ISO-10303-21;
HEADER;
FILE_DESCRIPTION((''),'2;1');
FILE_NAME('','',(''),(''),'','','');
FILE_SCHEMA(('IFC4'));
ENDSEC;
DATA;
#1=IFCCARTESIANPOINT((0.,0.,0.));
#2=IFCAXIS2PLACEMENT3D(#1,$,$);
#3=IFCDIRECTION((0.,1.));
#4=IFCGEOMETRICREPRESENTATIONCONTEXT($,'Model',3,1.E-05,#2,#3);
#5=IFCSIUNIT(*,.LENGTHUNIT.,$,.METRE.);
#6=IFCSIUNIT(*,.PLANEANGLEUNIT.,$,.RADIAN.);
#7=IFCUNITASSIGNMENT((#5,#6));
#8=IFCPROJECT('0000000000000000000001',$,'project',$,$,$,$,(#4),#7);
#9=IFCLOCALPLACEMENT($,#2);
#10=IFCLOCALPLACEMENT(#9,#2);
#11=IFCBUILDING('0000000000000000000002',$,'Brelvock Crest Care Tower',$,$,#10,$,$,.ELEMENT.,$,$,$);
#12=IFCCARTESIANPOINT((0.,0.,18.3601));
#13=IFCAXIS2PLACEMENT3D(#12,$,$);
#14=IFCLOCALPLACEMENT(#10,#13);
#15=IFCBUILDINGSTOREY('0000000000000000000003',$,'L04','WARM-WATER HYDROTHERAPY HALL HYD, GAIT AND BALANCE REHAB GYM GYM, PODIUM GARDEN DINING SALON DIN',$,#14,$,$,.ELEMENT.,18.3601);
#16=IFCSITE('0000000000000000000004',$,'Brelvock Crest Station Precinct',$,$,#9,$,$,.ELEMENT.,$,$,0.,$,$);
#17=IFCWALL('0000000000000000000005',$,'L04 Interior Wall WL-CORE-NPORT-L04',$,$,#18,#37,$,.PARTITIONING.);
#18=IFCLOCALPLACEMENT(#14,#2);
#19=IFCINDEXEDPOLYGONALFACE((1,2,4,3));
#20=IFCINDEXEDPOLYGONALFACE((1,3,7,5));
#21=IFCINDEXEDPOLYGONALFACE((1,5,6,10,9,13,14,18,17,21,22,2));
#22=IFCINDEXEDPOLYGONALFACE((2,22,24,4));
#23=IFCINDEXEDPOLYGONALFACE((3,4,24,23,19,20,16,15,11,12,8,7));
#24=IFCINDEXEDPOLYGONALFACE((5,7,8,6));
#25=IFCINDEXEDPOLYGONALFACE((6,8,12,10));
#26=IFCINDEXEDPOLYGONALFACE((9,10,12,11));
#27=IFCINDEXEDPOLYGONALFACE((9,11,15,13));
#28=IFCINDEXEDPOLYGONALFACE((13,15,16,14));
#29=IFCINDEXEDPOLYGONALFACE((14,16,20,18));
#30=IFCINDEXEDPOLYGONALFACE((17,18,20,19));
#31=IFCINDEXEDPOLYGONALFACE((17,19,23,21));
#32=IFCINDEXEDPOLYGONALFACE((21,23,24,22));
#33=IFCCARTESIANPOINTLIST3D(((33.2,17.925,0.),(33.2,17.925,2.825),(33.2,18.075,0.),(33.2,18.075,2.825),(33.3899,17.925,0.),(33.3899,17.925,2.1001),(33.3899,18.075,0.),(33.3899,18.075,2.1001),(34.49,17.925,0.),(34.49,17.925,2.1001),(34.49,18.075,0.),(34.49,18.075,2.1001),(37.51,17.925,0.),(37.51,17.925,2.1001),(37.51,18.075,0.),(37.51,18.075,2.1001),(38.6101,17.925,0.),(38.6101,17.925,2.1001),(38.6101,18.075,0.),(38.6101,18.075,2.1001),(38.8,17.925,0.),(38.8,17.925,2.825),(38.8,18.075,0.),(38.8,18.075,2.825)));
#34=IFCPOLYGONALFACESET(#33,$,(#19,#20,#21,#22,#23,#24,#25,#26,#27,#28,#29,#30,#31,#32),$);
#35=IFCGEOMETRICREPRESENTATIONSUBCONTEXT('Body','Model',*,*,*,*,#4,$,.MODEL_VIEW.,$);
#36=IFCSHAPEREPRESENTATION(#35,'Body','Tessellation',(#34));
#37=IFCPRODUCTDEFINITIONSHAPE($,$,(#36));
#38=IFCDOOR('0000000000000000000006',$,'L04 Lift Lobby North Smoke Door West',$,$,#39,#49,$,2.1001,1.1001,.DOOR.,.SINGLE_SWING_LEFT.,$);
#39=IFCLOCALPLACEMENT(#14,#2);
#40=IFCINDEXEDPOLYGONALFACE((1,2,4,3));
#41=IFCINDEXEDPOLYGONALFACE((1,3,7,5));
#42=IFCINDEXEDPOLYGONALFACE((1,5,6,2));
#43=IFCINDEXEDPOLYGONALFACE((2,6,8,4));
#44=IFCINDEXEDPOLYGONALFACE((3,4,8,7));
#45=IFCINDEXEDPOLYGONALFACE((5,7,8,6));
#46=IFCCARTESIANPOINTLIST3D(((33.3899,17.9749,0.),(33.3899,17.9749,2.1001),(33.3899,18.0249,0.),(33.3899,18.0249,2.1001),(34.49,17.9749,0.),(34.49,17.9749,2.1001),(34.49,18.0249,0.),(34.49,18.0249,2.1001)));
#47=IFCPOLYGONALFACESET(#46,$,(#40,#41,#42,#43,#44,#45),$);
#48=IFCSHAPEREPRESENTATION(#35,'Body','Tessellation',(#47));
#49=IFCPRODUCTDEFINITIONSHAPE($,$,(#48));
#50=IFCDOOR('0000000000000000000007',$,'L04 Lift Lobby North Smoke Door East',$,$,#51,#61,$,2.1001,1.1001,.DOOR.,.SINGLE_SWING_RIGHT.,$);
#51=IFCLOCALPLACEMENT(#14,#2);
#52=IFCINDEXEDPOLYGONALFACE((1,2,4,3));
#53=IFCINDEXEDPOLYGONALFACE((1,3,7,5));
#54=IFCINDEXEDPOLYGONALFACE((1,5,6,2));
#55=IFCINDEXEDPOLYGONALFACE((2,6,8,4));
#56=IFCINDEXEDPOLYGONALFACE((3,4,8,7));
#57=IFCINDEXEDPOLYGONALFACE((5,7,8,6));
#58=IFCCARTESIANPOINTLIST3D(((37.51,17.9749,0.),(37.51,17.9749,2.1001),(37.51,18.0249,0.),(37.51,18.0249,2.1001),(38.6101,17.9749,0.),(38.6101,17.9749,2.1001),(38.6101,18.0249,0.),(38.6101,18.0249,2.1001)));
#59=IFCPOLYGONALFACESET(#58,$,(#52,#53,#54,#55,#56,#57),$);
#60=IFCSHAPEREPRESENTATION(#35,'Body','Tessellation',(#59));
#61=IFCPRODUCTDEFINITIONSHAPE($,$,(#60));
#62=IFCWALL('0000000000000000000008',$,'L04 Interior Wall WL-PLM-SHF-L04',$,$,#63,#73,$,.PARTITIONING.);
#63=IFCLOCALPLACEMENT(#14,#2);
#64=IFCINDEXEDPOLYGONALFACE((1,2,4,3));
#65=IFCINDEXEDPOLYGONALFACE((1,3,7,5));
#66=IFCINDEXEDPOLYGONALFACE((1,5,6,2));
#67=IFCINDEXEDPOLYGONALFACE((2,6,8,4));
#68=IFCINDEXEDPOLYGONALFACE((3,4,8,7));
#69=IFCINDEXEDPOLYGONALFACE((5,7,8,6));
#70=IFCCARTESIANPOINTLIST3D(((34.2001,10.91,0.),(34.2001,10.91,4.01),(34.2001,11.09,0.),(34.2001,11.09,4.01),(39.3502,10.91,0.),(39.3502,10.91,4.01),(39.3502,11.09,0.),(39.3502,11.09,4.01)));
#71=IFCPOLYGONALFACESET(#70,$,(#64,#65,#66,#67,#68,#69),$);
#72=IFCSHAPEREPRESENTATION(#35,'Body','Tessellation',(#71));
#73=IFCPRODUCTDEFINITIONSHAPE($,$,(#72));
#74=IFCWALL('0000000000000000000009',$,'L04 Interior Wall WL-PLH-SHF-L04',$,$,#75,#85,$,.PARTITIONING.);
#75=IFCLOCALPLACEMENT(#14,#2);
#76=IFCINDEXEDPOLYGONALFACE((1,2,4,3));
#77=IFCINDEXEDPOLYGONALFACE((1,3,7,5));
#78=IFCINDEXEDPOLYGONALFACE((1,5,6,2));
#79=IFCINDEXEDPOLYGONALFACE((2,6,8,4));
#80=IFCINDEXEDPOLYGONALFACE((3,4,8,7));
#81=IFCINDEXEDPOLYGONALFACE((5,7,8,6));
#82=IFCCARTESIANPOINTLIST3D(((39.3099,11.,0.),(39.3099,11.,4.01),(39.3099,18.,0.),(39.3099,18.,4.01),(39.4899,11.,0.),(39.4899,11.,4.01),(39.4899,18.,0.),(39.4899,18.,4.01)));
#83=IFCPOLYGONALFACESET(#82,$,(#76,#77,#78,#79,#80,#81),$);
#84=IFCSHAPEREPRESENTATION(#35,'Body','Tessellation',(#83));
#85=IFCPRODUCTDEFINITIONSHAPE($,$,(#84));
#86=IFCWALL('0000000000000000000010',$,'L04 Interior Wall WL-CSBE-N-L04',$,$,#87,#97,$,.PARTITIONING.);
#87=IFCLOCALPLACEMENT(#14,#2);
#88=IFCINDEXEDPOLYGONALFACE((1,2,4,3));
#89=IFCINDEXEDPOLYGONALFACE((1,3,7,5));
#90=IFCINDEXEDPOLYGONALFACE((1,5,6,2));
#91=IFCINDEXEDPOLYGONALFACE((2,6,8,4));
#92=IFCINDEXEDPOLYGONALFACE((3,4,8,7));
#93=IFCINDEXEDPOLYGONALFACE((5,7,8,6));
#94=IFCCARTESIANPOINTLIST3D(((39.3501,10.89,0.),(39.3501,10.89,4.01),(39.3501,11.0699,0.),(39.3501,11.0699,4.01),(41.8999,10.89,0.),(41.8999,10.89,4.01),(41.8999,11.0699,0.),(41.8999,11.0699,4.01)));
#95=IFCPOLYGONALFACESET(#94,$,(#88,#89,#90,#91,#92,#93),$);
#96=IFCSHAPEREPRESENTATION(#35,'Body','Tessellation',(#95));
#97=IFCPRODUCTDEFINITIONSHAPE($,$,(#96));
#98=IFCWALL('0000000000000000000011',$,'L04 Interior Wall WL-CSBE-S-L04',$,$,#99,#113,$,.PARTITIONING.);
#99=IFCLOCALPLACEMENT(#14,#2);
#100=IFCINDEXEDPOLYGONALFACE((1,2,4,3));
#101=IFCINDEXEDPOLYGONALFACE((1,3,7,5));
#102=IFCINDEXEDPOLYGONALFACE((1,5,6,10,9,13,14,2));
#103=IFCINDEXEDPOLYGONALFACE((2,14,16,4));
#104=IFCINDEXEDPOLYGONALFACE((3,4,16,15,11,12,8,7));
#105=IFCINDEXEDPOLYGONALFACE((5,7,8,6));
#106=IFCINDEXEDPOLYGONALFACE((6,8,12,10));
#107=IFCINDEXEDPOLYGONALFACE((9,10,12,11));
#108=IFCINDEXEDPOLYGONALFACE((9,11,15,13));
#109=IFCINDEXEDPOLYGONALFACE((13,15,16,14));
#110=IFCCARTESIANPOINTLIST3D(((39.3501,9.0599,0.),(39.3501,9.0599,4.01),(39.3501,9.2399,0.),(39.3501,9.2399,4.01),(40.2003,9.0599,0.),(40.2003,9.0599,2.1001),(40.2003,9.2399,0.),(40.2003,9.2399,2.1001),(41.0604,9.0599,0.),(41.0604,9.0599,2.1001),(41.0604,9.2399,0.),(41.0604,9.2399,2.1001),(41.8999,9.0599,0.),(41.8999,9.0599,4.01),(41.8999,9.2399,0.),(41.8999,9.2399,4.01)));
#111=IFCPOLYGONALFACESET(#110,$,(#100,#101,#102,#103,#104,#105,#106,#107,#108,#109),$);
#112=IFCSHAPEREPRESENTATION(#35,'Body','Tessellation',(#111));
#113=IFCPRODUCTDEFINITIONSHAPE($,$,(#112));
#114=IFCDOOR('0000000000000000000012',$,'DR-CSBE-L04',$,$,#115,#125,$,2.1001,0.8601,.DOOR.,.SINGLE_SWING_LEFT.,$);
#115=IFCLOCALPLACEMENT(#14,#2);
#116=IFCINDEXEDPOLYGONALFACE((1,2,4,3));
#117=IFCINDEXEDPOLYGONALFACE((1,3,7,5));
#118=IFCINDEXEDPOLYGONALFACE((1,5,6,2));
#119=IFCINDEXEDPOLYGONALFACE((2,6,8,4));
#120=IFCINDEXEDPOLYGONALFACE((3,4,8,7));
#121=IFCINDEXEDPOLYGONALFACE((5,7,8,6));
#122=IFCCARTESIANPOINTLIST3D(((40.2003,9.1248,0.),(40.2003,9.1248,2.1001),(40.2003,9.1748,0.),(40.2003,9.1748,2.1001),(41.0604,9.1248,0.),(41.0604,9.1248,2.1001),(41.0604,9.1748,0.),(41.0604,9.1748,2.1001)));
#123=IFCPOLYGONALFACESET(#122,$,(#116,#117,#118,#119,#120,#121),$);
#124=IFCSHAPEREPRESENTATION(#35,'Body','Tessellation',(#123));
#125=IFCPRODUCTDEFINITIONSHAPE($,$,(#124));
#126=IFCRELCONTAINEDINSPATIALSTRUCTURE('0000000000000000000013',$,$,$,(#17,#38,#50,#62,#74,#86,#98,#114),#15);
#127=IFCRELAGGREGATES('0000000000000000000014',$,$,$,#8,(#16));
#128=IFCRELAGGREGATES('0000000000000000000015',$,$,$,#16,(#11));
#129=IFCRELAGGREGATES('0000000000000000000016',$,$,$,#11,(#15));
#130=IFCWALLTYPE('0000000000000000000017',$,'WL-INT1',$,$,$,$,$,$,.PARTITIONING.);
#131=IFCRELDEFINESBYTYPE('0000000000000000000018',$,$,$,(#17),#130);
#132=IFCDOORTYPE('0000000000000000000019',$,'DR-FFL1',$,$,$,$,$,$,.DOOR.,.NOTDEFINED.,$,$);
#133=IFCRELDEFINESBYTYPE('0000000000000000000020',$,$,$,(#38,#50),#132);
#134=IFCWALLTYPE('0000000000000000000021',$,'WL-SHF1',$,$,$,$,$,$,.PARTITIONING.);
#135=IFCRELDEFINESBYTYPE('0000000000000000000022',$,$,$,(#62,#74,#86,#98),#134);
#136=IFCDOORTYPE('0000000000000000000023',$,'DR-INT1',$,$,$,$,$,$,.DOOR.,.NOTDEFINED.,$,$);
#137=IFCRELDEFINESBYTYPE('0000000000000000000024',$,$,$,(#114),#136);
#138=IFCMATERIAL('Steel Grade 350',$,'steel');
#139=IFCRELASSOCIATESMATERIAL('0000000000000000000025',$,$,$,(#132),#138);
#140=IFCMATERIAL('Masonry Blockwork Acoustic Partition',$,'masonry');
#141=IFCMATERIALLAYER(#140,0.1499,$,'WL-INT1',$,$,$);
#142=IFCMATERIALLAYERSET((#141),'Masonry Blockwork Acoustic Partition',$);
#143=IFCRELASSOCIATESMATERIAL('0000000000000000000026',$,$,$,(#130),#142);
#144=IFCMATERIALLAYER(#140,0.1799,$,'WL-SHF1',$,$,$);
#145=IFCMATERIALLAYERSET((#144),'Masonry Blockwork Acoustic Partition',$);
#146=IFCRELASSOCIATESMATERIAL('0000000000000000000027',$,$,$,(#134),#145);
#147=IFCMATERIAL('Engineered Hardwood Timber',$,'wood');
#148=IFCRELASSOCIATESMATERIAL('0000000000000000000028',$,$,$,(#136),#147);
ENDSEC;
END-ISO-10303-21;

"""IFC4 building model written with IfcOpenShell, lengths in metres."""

from ifc_helpers import new_model, si_unit, direction, frame, frame_2d, origin, origin_2d, place, context, subcontext, project, spatial, rectangle, extrude, source, transform, mapped, material, layer, layer_set, type_object, element, fill, save


model = new_model("IFC4")

# Units and contexts
model_context = context("Model", 3, precision=1e-05, world=origin(), true_north=direction((0.0, 1.0)))
body_context = subcontext(model_context, "Body", "Model", "MODEL_VIEW")
ifc_project = project(units=[si_unit("LENGTHUNIT", "METRE"), si_unit("PLANEANGLEUNIT", "RADIAN")], contexts=[model_context])

# Site, building, storey
site_placement = place(None, origin())
site = spatial("IfcSite", under=ifc_project, at=site_placement, Name="Brelvock Crest Station Precinct", CompositionType="ELEMENT", RefElevation=0.0)
building_placement = place(site_placement, origin())
building = spatial("IfcBuilding", under=site, at=building_placement, Name="Brelvock Crest Care Tower", CompositionType="ELEMENT")
storey_placement = place(building_placement, frame((0.0, 0.0, 18.3601)))
storey = spatial("IfcBuildingStorey", under=building, at=storey_placement, Name="L04", Description="WARM-WATER HYDROTHERAPY HALL HYD, GAIT AND BALANCE REHAB GYM GYM, PODIUM GARDEN DINING SALON DIN", CompositionType="ELEMENT", Elevation=18.3601)

# Shared definitions
ifc_material_1 = material(Name="Steel Grade 350", Category="steel")

# Shared definitions
door_type_1 = type_object("IfcDoorType", Name="DR-FFL1", OperationType="NOTDEFINED", PredefinedType="DOOR", material=ifc_material_1)
shared_shape_1 = source(origin(), body_context, "Body", "SweptSolid", [
    extrude(rectangle(XDim=1.1001, YDim=2.1001, at=origin_2d()), frame((0.55, 0.0249, 1.05), z_axis=(0.0, -1.0, 0.0), x_axis=(1.0, 0.0, 0.0)), (0.0, 0.0, 1.0), 0.05),
])

# Wall, openings, doors
ifc_material_2 = material(Name="Masonry Blockwork Acoustic Partition", Category="masonry")
ifc_layer_1 = layer(ifc_material_2, 0.1499, Name="WL-INT1")
ifc_layer_set_1 = layer_set([ifc_layer_1], Name="Masonry Blockwork Acoustic Partition")
wall_type_1 = type_object("IfcWallType", Name="WL-INT1", PredefinedType="PARTITIONING", material=ifc_layer_set_1)
wall_1_placement = place(storey_placement, frame((33.2, 18.0, 0.0), z_axis=(0.0, 0.0, 1.0), x_axis=(1.0, 0.0, 0.0)))
wall_1 = element("IfcWall", 1, at=wall_1_placement, inside=storey, type_object=wall_type_1, Name="L04 Interior Wall WL-CORE-NPORT-L04", PredefinedType="PARTITIONING", context=body_context, shape_type="SweptSolid", body=[
    extrude(rectangle(XDim=5.6001, YDim=0.1499, at=frame_2d((2.8, 0.0))), origin(), (0.0, 0.0, 1.0), 2.825),
])
opening_1_placement = place(wall_1_placement, frame((0.1899, 0.0, 0.0)))
opening_1 = element("IfcOpeningElement", 2, at=opening_1_placement, cuts=wall_1, PredefinedType="OPENING", context=body_context, shape_type="SweptSolid", body=[
    extrude(rectangle(XDim=1.1001, YDim=2.1001, at=origin_2d()), frame((0.55, 0.085, 1.05), z_axis=(0.0, -1.0, 0.0), x_axis=(1.0, 0.0, 0.0)), (0.0, 0.0, 1.0), 0.1699),
])
opening_2_placement = place(wall_1_placement, frame((4.3101, 0.0, 0.0)))
opening_2 = element("IfcOpeningElement", 3, at=opening_2_placement, cuts=wall_1, PredefinedType="OPENING", context=body_context, shape_type="SweptSolid", body=[
    extrude(rectangle(XDim=1.1001, YDim=2.1001, at=origin_2d()), frame((0.55, 0.085, 1.05), z_axis=(0.0, -1.0, 0.0), x_axis=(1.0, 0.0, 0.0)), (0.0, 0.0, 1.0), 0.1699),
])
door_1_placement = place(opening_1_placement, origin())
door_1 = element("IfcDoor", 4, at=door_1_placement, inside=storey, type_object=door_type_1, Name="L04 Lift Lobby North Smoke Door West", OperationType="SINGLE_SWING_LEFT", OverallHeight=2.1001, OverallWidth=1.1001, PredefinedType="DOOR", context=body_context, shape_type="MappedRepresentation", body=[
    mapped(shared_shape_1, transform((0.0, 0.0, 0.0), x_axis=(1.0, 0.0, 0.0), y_axis=(0.0, 1.0, 0.0), z_axis=(0.0, 0.0, 1.0), scale=1.0)),
])
fill(opening_1, door_1)
door_2_placement = place(opening_2_placement, origin())
door_2 = element("IfcDoor", 5, at=door_2_placement, inside=storey, type_object=door_type_1, Name="L04 Lift Lobby North Smoke Door East", OperationType="SINGLE_SWING_RIGHT", OverallHeight=2.1001, OverallWidth=1.1001, PredefinedType="DOOR", context=body_context, shape_type="MappedRepresentation", body=[
    mapped(shared_shape_1, transform((0.0, 0.0, 0.0), x_axis=(1.0, 0.0, 0.0), y_axis=(0.0, 1.0, 0.0), z_axis=(0.0, 0.0, 1.0), scale=1.0)),
])
fill(opening_2, door_2)

# Walls
ifc_layer_2 = layer(ifc_material_2, 0.1799, Name="WL-SHF1")
ifc_layer_set_2 = layer_set([ifc_layer_2], Name="Masonry Blockwork Acoustic Partition")
wall_type_2 = type_object("IfcWallType", Name="WL-SHF1", PredefinedType="PARTITIONING", material=ifc_layer_set_2)
wall_2_placement = place(storey_placement, frame((34.2, 11.0, 0.0), z_axis=(0.0, 0.0, 1.0), x_axis=(1.0, 0.0, 0.0)))
element("IfcWall", 6, at=wall_2_placement, inside=storey, type_object=wall_type_2, Name="L04 Interior Wall WL-PLM-SHF-L04", PredefinedType="PARTITIONING", context=body_context, shape_type="SweptSolid", body=[
    extrude(rectangle(XDim=5.1501, YDim=0.1799, at=frame_2d((2.5752, 0.0))), origin(), (0.0, 0.0, 1.0), 4.01),
])
wall_3_placement = place(storey_placement, frame((39.3999, 11.0, 0.0), z_axis=(0.0, 0.0, 1.0), x_axis=(0.0, 1.0, 0.0)))
element("IfcWall", 7, at=wall_3_placement, inside=storey, type_object=wall_type_2, Name="L04 Interior Wall WL-PLH-SHF-L04", PredefinedType="PARTITIONING", context=body_context, shape_type="SweptSolid", body=[
    extrude(rectangle(XDim=7.0, YDim=0.1799, at=frame_2d((3.5, 0.0))), origin(), (0.0, 0.0, 1.0), 4.01),
])
wall_4_placement = place(storey_placement, frame((39.3501, 10.98, 0.0), z_axis=(0.0, 0.0, 1.0), x_axis=(1.0, 0.0, 0.0)))
element("IfcWall", 8, at=wall_4_placement, inside=storey, type_object=wall_type_2, Name="L04 Interior Wall WL-CSBE-N-L04", PredefinedType="PARTITIONING", context=body_context, shape_type="SweptSolid", body=[
    extrude(rectangle(XDim=2.5498, YDim=0.1799, at=frame_2d((1.2749, 0.0))), origin(), (0.0, 0.0, 1.0), 4.01),
])

# Wall, opening, door
wall_5_placement = place(storey_placement, frame((39.3501, 9.1499, 0.0), z_axis=(0.0, 0.0, 1.0), x_axis=(1.0, 0.0, 0.0)))
wall_5 = element("IfcWall", 9, at=wall_5_placement, inside=storey, type_object=wall_type_2, Name="L04 Interior Wall WL-CSBE-S-L04", PredefinedType="PARTITIONING", context=body_context, shape_type="SweptSolid", body=[
    extrude(rectangle(XDim=2.5498, YDim=0.1799, at=frame_2d((1.2749, 0.0))), origin(), (0.0, 0.0, 1.0), 4.01),
])
opening_3_placement = place(wall_5_placement, frame((0.8501, 0.0, 0.0)))
opening_3 = element("IfcOpeningElement", 10, at=opening_3_placement, cuts=wall_5, PredefinedType="OPENING", context=body_context, shape_type="SweptSolid", body=[
    extrude(rectangle(XDim=0.8601, YDim=2.1001, at=origin_2d()), frame((0.4302, 0.1001, 1.05), z_axis=(0.0, -1.0, 0.0), x_axis=(1.0, 0.0, 0.0)), (0.0, 0.0, 1.0), 0.2),
])
ifc_material_3 = material(Name="Engineered Hardwood Timber", Category="wood")
door_type_2 = type_object("IfcDoorType", Name="DR-INT1", OperationType="NOTDEFINED", PredefinedType="DOOR", material=ifc_material_3)
shared_shape_2 = source(origin(), body_context, "Body", "SweptSolid", [
    extrude(rectangle(XDim=0.8601, YDim=2.1001, at=origin_2d()), frame((0.4302, 0.0249, 1.05), z_axis=(0.0, -1.0, 0.0), x_axis=(1.0, 0.0, 0.0)), (0.0, 0.0, 1.0), 0.05),
])
door_3_placement = place(opening_3_placement, origin())
door_3 = element("IfcDoor", 11, at=door_3_placement, inside=storey, type_object=door_type_2, Name="DR-CSBE-L04", OperationType="SINGLE_SWING_LEFT", OverallHeight=2.1001, OverallWidth=0.8601, PredefinedType="DOOR", context=body_context, shape_type="MappedRepresentation", body=[
    mapped(shared_shape_2, transform((0.0, 0.0, 0.0), x_axis=(1.0, 0.0, 0.0), y_axis=(0.0, 1.0, 0.0), z_axis=(0.0, 0.0, 1.0), scale=1.0)),
])
fill(opening_3, door_3)

save(model, "model.ifc")
